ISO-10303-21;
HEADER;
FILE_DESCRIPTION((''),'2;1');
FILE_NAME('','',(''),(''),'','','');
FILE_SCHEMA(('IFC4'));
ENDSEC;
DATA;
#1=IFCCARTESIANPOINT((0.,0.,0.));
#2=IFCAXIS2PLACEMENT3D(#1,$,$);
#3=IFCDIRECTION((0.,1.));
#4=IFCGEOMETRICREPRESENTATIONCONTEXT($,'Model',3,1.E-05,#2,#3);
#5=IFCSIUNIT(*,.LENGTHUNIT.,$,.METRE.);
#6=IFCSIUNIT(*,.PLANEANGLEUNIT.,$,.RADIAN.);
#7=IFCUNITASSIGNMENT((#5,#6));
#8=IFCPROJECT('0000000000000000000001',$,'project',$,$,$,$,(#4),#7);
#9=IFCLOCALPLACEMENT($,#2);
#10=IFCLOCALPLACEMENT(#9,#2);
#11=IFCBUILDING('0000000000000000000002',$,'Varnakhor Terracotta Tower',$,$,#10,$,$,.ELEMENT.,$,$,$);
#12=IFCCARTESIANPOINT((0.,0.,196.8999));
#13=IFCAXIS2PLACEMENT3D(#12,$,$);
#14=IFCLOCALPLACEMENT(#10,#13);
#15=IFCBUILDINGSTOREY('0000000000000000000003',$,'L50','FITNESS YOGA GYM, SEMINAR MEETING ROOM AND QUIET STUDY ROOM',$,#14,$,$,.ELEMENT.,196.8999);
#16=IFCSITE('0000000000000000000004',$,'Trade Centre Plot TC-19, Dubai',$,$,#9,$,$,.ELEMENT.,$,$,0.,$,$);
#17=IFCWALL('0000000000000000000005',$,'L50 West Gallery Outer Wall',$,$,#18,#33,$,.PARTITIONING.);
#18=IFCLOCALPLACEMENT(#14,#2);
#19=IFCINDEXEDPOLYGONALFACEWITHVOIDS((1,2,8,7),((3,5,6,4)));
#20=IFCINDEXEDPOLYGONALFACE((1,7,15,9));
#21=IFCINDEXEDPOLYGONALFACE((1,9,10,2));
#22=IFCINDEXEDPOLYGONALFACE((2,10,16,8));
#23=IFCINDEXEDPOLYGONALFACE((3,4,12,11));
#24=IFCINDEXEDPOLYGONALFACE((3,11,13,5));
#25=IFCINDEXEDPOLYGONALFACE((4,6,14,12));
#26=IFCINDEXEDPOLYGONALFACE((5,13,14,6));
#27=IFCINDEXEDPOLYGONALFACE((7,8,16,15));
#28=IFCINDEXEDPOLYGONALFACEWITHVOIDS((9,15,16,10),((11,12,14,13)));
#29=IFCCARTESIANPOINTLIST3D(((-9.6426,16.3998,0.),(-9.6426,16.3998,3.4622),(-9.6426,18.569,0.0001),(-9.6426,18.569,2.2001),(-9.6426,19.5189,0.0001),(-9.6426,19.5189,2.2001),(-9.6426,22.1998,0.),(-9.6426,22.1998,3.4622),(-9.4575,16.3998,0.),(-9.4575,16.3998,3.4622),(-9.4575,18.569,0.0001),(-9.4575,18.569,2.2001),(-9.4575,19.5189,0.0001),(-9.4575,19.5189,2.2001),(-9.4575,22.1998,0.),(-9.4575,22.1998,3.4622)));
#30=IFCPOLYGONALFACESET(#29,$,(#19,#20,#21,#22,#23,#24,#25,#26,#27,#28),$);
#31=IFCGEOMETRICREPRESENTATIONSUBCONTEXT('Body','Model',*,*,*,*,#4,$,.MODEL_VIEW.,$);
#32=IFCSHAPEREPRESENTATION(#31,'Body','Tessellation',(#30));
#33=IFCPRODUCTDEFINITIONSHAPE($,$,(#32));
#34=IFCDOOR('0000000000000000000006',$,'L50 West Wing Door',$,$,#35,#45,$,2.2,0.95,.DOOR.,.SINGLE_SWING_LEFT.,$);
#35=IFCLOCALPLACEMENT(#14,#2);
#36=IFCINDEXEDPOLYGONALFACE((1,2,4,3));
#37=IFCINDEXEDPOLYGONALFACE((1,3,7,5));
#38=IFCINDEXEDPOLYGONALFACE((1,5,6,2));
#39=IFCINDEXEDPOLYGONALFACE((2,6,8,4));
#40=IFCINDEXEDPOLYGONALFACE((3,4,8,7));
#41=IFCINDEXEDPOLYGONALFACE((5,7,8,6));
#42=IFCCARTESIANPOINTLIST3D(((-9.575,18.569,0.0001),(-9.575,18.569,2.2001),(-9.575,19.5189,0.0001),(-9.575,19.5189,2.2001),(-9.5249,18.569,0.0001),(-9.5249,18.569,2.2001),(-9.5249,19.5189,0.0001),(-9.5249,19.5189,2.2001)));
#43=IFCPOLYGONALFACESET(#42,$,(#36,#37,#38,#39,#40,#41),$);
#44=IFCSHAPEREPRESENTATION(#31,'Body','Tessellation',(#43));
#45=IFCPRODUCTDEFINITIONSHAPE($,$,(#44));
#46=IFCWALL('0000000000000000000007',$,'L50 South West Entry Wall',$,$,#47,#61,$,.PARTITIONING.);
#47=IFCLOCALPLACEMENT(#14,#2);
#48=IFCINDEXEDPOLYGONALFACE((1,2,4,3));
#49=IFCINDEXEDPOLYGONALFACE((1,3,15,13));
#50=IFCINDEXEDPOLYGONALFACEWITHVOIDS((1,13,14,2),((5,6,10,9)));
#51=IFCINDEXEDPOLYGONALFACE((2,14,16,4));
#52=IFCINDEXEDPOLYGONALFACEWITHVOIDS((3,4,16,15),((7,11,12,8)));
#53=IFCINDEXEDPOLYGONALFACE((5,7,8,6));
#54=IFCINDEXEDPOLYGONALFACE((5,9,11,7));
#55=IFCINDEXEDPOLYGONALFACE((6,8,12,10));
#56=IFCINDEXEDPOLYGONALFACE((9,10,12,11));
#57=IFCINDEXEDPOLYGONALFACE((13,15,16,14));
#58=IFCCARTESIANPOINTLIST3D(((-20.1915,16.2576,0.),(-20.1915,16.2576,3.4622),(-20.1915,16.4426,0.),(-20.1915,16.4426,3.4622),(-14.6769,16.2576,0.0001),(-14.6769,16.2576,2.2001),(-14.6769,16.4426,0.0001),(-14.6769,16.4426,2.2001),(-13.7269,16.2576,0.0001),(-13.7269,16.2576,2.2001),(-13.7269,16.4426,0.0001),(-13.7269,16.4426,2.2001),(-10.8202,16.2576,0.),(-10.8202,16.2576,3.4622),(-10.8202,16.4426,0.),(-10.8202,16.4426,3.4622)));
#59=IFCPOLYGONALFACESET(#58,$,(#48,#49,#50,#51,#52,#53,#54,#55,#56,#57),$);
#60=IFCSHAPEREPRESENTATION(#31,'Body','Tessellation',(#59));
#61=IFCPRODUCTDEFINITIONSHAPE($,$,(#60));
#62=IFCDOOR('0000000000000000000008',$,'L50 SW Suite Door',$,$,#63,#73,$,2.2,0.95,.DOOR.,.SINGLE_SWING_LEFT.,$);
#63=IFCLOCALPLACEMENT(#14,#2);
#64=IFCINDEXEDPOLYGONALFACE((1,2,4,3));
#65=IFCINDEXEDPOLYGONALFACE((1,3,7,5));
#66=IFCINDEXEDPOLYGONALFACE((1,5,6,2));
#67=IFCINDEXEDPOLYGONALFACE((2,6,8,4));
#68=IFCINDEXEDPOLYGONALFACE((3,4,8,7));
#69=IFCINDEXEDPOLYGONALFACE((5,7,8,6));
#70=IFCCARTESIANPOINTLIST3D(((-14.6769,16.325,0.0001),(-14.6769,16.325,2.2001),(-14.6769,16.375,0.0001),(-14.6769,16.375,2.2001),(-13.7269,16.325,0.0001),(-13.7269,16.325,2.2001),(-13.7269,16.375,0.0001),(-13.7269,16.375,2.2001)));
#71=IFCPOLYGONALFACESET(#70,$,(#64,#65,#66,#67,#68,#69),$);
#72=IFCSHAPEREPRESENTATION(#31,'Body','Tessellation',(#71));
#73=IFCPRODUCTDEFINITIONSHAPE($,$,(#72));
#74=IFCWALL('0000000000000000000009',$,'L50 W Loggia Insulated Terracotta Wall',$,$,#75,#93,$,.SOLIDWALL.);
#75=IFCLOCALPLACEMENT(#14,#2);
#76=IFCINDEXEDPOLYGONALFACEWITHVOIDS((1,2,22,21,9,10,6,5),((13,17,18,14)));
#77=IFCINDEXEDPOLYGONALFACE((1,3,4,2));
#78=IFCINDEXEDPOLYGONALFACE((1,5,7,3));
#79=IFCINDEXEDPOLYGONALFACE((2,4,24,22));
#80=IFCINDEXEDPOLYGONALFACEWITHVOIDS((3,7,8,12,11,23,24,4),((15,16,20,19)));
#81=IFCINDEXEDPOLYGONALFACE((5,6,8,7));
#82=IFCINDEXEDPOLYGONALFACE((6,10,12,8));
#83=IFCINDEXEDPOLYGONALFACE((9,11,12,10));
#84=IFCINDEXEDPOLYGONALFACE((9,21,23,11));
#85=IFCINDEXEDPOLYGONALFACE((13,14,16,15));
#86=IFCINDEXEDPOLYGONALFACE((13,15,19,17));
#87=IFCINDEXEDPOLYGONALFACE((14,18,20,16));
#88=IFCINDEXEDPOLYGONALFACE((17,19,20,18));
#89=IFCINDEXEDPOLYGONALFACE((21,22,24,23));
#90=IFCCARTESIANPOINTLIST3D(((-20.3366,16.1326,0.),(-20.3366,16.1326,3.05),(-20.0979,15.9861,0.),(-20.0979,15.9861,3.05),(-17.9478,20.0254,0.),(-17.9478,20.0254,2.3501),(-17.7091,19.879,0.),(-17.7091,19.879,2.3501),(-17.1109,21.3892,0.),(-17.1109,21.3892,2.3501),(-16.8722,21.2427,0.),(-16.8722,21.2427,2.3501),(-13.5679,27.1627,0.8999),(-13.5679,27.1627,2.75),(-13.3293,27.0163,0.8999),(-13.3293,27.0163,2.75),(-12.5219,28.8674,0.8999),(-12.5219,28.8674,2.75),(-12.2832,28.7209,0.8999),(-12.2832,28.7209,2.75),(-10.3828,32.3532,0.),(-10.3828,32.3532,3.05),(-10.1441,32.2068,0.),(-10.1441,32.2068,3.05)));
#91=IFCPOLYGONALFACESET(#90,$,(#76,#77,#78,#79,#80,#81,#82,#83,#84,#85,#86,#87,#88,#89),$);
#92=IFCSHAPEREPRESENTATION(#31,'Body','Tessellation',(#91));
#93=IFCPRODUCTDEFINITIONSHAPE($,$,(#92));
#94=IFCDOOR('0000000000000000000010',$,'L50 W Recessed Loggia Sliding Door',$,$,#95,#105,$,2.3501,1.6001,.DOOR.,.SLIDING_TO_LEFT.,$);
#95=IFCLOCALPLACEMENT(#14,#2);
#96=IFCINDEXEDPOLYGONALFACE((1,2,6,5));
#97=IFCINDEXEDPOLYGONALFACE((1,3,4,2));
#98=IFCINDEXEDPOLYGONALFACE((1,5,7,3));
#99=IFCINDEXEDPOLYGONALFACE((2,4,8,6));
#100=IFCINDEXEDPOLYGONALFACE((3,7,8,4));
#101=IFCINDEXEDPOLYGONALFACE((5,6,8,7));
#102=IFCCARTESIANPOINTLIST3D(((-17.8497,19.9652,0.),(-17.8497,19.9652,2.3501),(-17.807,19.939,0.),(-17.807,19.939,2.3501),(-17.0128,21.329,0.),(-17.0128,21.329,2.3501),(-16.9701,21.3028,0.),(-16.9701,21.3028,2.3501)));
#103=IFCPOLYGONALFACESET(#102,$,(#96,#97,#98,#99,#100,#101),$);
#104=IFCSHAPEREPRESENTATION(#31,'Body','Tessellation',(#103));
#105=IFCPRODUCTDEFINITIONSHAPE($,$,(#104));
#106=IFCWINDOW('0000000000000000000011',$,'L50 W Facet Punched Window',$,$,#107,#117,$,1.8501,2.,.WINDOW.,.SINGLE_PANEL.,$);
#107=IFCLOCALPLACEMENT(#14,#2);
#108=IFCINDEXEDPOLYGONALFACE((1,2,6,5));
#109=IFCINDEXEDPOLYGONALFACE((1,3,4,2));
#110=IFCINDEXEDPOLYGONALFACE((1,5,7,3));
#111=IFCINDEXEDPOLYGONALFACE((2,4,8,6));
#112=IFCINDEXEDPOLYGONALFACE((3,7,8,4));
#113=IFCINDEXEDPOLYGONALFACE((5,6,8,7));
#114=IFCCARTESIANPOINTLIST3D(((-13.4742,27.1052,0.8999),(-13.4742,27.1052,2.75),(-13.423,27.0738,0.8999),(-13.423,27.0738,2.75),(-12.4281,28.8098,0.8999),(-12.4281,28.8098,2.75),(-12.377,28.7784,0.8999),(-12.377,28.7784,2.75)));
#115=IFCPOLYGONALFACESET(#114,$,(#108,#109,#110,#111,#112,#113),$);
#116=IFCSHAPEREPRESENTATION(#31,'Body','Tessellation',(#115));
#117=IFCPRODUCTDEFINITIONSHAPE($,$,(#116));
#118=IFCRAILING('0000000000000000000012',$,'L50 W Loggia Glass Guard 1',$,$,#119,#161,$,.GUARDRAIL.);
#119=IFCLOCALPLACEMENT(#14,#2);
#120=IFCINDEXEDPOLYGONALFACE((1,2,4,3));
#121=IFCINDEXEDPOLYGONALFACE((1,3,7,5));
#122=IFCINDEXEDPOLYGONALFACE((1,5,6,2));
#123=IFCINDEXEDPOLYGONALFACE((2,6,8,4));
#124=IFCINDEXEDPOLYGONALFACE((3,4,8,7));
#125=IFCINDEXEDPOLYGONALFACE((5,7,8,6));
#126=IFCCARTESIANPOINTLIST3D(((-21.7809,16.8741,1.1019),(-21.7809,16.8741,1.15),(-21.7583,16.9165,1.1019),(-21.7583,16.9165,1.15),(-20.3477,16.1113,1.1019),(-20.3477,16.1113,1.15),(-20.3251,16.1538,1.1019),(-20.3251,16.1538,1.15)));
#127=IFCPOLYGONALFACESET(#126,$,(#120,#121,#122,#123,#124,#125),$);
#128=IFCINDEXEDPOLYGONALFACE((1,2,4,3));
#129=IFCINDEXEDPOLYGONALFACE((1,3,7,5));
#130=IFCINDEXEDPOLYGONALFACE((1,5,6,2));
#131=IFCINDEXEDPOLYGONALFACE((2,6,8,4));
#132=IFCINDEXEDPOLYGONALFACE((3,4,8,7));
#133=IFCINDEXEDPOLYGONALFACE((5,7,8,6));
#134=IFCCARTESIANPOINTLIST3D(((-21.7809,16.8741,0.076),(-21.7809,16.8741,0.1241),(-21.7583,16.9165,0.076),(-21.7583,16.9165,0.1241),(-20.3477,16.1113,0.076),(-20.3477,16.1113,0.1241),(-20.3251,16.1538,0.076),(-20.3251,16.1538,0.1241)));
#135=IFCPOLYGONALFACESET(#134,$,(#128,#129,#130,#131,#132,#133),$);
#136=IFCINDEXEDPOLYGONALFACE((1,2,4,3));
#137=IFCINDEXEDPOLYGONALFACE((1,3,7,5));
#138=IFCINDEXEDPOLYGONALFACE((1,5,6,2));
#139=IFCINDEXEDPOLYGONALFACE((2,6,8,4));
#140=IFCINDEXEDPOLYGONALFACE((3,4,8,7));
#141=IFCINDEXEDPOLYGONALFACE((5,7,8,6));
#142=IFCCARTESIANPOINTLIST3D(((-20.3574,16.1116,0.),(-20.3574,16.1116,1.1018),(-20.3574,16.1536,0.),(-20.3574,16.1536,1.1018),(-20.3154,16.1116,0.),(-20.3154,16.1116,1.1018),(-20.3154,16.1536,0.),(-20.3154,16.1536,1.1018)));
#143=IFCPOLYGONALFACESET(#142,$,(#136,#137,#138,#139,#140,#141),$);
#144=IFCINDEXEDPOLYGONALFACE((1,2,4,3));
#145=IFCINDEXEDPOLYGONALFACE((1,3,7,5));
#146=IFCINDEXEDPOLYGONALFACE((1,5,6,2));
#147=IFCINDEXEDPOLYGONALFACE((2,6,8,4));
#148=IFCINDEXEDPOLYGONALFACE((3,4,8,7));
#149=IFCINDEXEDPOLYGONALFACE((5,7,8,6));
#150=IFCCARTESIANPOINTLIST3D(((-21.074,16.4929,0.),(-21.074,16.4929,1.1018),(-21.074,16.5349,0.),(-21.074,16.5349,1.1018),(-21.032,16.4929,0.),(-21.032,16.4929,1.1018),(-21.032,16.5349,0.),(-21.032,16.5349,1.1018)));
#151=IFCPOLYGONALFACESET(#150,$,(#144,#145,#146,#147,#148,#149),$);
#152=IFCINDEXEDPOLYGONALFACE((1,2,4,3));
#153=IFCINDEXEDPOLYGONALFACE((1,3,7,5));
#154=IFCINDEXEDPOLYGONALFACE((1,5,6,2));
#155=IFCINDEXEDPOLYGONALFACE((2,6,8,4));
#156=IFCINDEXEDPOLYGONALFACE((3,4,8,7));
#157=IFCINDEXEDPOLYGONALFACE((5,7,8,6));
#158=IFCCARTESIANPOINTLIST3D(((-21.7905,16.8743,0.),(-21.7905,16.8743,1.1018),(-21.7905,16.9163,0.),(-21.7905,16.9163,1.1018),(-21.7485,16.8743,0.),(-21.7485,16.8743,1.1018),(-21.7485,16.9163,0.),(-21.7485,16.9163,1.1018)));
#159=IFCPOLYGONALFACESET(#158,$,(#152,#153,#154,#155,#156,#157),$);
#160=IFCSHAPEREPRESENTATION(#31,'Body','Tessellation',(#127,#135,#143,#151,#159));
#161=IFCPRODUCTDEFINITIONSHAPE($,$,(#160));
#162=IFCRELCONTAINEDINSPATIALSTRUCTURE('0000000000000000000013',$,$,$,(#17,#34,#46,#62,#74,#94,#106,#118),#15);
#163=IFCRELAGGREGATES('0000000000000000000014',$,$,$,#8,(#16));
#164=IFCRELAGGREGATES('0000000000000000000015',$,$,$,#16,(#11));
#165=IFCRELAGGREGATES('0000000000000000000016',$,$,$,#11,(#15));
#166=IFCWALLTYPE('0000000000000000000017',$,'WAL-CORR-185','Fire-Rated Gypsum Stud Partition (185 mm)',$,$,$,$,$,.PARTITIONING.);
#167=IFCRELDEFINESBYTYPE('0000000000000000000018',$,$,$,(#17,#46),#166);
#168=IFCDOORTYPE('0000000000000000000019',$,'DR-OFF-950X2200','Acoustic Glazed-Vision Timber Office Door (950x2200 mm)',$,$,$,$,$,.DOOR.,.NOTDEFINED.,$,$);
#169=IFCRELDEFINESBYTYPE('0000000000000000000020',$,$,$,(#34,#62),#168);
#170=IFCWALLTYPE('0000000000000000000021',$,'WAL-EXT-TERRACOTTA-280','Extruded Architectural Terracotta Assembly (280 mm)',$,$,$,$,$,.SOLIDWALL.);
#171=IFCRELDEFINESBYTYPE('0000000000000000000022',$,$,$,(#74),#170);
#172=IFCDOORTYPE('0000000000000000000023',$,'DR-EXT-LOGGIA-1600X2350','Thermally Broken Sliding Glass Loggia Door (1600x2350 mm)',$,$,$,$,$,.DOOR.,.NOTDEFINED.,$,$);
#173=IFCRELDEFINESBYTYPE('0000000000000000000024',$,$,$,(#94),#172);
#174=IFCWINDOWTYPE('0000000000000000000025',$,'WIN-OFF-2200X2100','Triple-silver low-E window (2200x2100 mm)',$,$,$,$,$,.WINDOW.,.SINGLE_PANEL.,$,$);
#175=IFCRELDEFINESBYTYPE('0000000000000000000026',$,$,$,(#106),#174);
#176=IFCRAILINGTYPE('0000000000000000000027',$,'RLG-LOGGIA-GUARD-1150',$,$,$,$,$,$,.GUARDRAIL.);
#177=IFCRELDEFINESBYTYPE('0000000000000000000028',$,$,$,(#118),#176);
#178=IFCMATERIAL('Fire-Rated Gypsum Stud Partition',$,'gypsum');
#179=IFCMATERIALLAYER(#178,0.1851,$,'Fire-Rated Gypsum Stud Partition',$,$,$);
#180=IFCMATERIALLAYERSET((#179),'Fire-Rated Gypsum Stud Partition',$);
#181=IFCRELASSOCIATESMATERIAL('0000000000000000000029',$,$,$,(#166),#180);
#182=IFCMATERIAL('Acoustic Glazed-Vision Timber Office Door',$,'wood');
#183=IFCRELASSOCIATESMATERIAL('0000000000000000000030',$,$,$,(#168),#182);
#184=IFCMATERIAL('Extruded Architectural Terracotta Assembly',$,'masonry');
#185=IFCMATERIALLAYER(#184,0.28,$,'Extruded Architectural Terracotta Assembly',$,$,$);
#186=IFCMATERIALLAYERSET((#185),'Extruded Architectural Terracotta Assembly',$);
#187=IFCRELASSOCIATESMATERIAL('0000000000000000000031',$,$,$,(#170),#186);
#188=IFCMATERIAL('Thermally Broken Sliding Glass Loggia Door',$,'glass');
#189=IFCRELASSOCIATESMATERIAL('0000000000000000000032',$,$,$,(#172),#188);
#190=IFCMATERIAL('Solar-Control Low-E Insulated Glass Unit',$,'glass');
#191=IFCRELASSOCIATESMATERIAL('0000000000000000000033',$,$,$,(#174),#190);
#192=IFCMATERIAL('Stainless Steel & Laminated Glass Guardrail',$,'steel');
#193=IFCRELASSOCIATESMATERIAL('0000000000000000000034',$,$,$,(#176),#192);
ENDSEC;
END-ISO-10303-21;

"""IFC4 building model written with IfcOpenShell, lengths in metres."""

from ifc_helpers import new_model, si_unit, direction, frame, frame_2d, origin, origin_2d, place, context, subcontext, project, spatial, rectangle, extrude, source, transform, mapped, material, layer, layer_set, type_object, type_shapes, element, fill, save


model = new_model("IFC4")

# Units and contexts
model_context = context("Model", 3, precision=1e-05, world=origin(), true_north=direction((0.0, 1.0)))
body_context = subcontext(model_context, "Body", "Model", "MODEL_VIEW")
ifc_project = project(units=[si_unit("LENGTHUNIT", "METRE"), si_unit("PLANEANGLEUNIT", "RADIAN")], contexts=[model_context])

# Site, building, storey
site_placement = place(None, origin())
site = spatial("IfcSite", under=ifc_project, at=site_placement, Name="Trade Centre Plot TC-19, Dubai", CompositionType="ELEMENT", RefElevation=0.0)
building_placement = place(site_placement, origin())
building = spatial("IfcBuilding", under=site, at=building_placement, Name="Varnakhor Terracotta Tower", CompositionType="ELEMENT")
storey_placement = place(building_placement, frame((0.0, 0.0, 196.8999)))
storey = spatial("IfcBuildingStorey", under=building, at=storey_placement, Name="L50", Description="FITNESS YOGA GYM, SEMINAR MEETING ROOM AND QUIET STUDY ROOM", CompositionType="ELEMENT", Elevation=196.8999)

# Walls, openings, doors
ifc_material_1 = material(Name="Fire-Rated Gypsum Stud Partition", Category="gypsum")
ifc_layer_1 = layer(ifc_material_1, 0.1851, Name="Fire-Rated Gypsum Stud Partition")
ifc_layer_set_1 = layer_set([ifc_layer_1], Name="Fire-Rated Gypsum Stud Partition")
wall_type_1 = type_object("IfcWallType", Name="WAL-CORR-185", Description="Fire-Rated Gypsum Stud Partition (185 mm)", PredefinedType="PARTITIONING", material=ifc_layer_set_1)
wall_1_placement = place(storey_placement, frame((-9.55, 16.3999, 0.0), z_axis=(0.0, 0.0, 1.0), x_axis=(0.0, 1.0, 0.0)))
wall_1 = element("IfcWall", 1, at=wall_1_placement, inside=storey, type_object=wall_type_1, Name="L50 West Gallery Outer Wall", PredefinedType="PARTITIONING", context=body_context, shape_type="SweptSolid", body=[
    extrude(rectangle(XDim=5.8, YDim=0.1851, at=frame_2d((2.8999, 0.0))), origin(), (0.0, 0.0, 1.0), 3.4622),
])
opening_1_placement = place(wall_1_placement, frame((2.1689, 0.0, 0.0)))
opening_1 = element("IfcOpeningElement", 2, at=opening_1_placement, cuts=wall_1, PredefinedType="OPENING", context=body_context, shape_type="SweptSolid", body=[
    extrude(rectangle(XDim=0.95, YDim=2.2, at=frame_2d((0.4751, 1.1001))), frame((0.0, 0.1025, 0.0), z_axis=(0.0, -1.0, 0.0), x_axis=(1.0, 0.0, 0.0)), (0.0, 0.0, 1.0), 0.2051),
])
ifc_material_2 = material(Name="Acoustic Glazed-Vision Timber Office Door", Category="wood")
door_type_1 = type_object("IfcDoorType", Name="DR-OFF-950X2200", Description="Acoustic Glazed-Vision Timber Office Door (950x2200 mm)", OperationType="NOTDEFINED", PredefinedType="DOOR", material=ifc_material_2)
shared_shape_1 = source(origin(), body_context, "Body", "SweptSolid", [
    extrude(rectangle(XDim=0.95, YDim=2.2, at=frame_2d((0.4751, 1.1001))), frame((0.0, 0.0249, 0.0), z_axis=(0.0, -1.0, 0.0), x_axis=(1.0, 0.0, 0.0)), (0.0, 0.0, 1.0), 0.05),
])
type_shapes(door_type_1, [shared_shape_1])
door_1_placement = place(opening_1_placement, origin())
door_1 = element("IfcDoor", 3, at=door_1_placement, inside=storey, type_object=door_type_1, Name="L50 West Wing Door", OperationType="SINGLE_SWING_LEFT", OverallHeight=2.2, OverallWidth=0.95, PredefinedType="DOOR", context=body_context, shape_type="MappedRepresentation", body=[
    mapped(shared_shape_1, transform((0.0, 0.0, 0.0), scale=1.0)),
])
fill(opening_1, door_1)
wall_2_placement = place(storey_placement, frame((-20.1914, 16.3501, 0.0), z_axis=(0.0, 0.0, 1.0), x_axis=(1.0, 0.0, 0.0)))
wall_2 = element("IfcWall", 4, at=wall_2_placement, inside=storey, type_object=wall_type_1, Name="L50 South West Entry Wall", PredefinedType="PARTITIONING", context=body_context, shape_type="SweptSolid", body=[
    extrude(rectangle(XDim=9.3713, YDim=0.1851, at=frame_2d((4.6855, 0.0))), origin(), (0.0, 0.0, 1.0), 3.4622),
])
opening_2_placement = place(wall_2_placement, frame((5.5144, 0.0, 0.0)))
opening_2 = element("IfcOpeningElement", 5, at=opening_2_placement, cuts=wall_2, PredefinedType="OPENING", context=body_context, shape_type="SweptSolid", body=[
    extrude(rectangle(XDim=0.95, YDim=2.2, at=frame_2d((0.4751, 1.1001))), frame((0.0, 0.1025, 0.0), z_axis=(0.0, -1.0, 0.0), x_axis=(1.0, 0.0, 0.0)), (0.0, 0.0, 1.0), 0.2051),
])
door_2_placement = place(opening_2_placement, origin())
door_2 = element("IfcDoor", 6, at=door_2_placement, inside=storey, type_object=door_type_1, Name="L50 SW Suite Door", OperationType="SINGLE_SWING_LEFT", OverallHeight=2.2, OverallWidth=0.95, PredefinedType="DOOR", context=body_context, shape_type="MappedRepresentation", body=[
    mapped(shared_shape_1, transform((0.0, 0.0, 0.0), scale=1.0)),
])
fill(opening_2, door_2)

# Wall, openings, door, window
ifc_material_3 = material(Name="Extruded Architectural Terracotta Assembly", Category="masonry")
ifc_layer_2 = layer(ifc_material_3, 0.28, Name="Extruded Architectural Terracotta Assembly")
ifc_layer_set_2 = layer_set([ifc_layer_2], Name="Extruded Architectural Terracotta Assembly")
wall_type_2 = type_object("IfcWallType", Name="WAL-EXT-TERRACOTTA-280", Description="Extruded Architectural Terracotta Assembly (280 mm)", PredefinedType="SOLIDWALL", material=ifc_layer_set_2)
wall_3_placement = place(storey_placement, frame((-20.2173, 16.0593, 0.0), z_axis=(0.0, 0.0, 1.0), x_axis=(0.523026, 0.852317, 0.0)))
wall_3 = element("IfcWall", 7, at=wall_3_placement, inside=storey, type_object=wall_type_2, Name="L50 W Loggia Insulated Terracotta Wall", PredefinedType="SOLIDWALL", context=body_context, shape_type="SweptSolid", body=[
    extrude(rectangle(XDim=19.0312, YDim=0.28, at=frame_2d((9.5156, 0.0))), origin(), (0.0, 0.0, 1.0), 3.05),
])
opening_3_placement = place(wall_3_placement, frame((4.5674, 0.0, 0.0)))
opening_3 = element("IfcOpeningElement", 8, at=opening_3_placement, cuts=wall_3, PredefinedType="OPENING", context=body_context, shape_type="SweptSolid", body=[
    extrude(rectangle(XDim=1.6001, YDim=2.3501, at=frame_2d((0.8, 1.175))), frame((0.0, 0.1499, 0.0), z_axis=(0.0, -1.0, 0.0), x_axis=(1.0, 0.0, 0.0)), (0.0, 0.0, 1.0), 0.3),
])
opening_4_placement = place(wall_3_placement, frame((12.9414, 0.0, 0.8999)))
opening_4 = element("IfcOpeningElement", 9, at=opening_4_placement, cuts=wall_3, PredefinedType="OPENING", context=body_context, shape_type="SweptSolid", body=[
    extrude(rectangle(XDim=2.0, YDim=1.8501, at=frame_2d((1.0, 0.925))), frame((0.0, 0.1499, 0.0), z_axis=(0.0, -1.0, 0.0), x_axis=(1.0, 0.0, 0.0)), (0.0, 0.0, 1.0), 0.3),
])
ifc_material_4 = material(Name="Thermally Broken Sliding Glass Loggia Door", Category="glass")
door_type_2 = type_object("IfcDoorType", Name="DR-EXT-LOGGIA-1600X2350", Description="Thermally Broken Sliding Glass Loggia Door (1600x2350 mm)", OperationType="NOTDEFINED", PredefinedType="DOOR", material=ifc_material_4)
shared_shape_2 = source(origin(), body_context, "Body", "SweptSolid", [
    extrude(rectangle(XDim=1.6001, YDim=2.3501, at=frame_2d((0.8, 1.175))), frame((0.0, 0.0249, 0.0), z_axis=(0.0, -1.0, 0.0), x_axis=(1.0, 0.0, 0.0)), (0.0, 0.0, 1.0), 0.05),
])
type_shapes(door_type_2, [shared_shape_2])
door_3_placement = place(opening_3_placement, origin())
door_3 = element("IfcDoor", 10, at=door_3_placement, inside=storey, type_object=door_type_2, Name="L50 W Recessed Loggia Sliding Door", OperationType="SLIDING_TO_LEFT", OverallHeight=2.3501, OverallWidth=1.6001, PredefinedType="DOOR", context=body_context, shape_type="MappedRepresentation", body=[
    mapped(shared_shape_2, transform((0.0, 0.0, 0.0), scale=1.0)),
])
fill(opening_3, door_3)
ifc_material_5 = material(Name="Solar-Control Low-E Insulated Glass Unit", Category="glass")
window_type = type_object("IfcWindowType", Name="WIN-OFF-2200X2100", Description="Triple-silver low-E window (2200x2100 mm)", PartitioningType="SINGLE_PANEL", PredefinedType="WINDOW", material=ifc_material_5)
shared_shape_3 = source(origin(), body_context, "Body", "SweptSolid", [
    extrude(rectangle(XDim=2.0, YDim=1.8501, at=frame_2d((1.0, 0.925))), frame((0.0, 0.03, 0.0), z_axis=(0.0, -1.0, 0.0), x_axis=(1.0, 0.0, 0.0)), (0.0, 0.0, 1.0), 0.0601),
])
type_shapes(window_type, [shared_shape_3])
window_placement = place(opening_4_placement, origin())
window = element("IfcWindow", 11, at=window_placement, inside=storey, type_object=window_type, Name="L50 W Facet Punched Window", OverallHeight=1.8501, OverallWidth=2.0, PartitioningType="SINGLE_PANEL", PredefinedType="WINDOW", context=body_context, shape_type="MappedRepresentation", body=[
    mapped(shared_shape_3, transform((0.0, 0.0, 0.0), scale=1.0)),
])
fill(opening_4, window)

# Railing
ifc_material_6 = material(Name="Stainless Steel & Laminated Glass Guardrail", Category="steel")
railing_type = type_object("IfcRailingType", Name="RLG-LOGGIA-GUARD-1150", PredefinedType="GUARDRAIL", material=ifc_material_6)
railing_1_placement = place(storey_placement, frame((-20.3364, 16.1326, 0.0)))
element("IfcRailing", 12, at=railing_1_placement, inside=storey, type_object=railing_type, Name="L50 W Loggia Glass Guard 1", PredefinedType="GUARDRAIL", context=body_context, shape_type="SweptSolid", body=[
    extrude(rectangle(XDim=0.0481, YDim=0.0481, at=origin_2d()), frame((0.0, 0.0, 1.126), z_axis=(-0.882769, 0.469807, 0.0), x_axis=(-0.469807, -0.882769, 0.0)), (0.0, 0.0, 1.0), 1.6235),
    extrude(rectangle(XDim=0.0481, YDim=0.0481, at=origin_2d()), frame((0.0, 0.0, 0.1001), z_axis=(-0.882769, 0.469807, 0.0), x_axis=(-0.469807, -0.882769, 0.0)), (0.0, 0.0, 1.0), 1.6235),
    extrude(rectangle(XDim=0.042, YDim=0.042, at=origin_2d()), origin(), (0.0, 0.0, 1.0), 1.1018),
    extrude(rectangle(XDim=0.042, YDim=0.042, at=origin_2d()), frame((-0.7166, 0.3813, 0.0)), (0.0, 0.0, 1.0), 1.1018),
    extrude(rectangle(XDim=0.042, YDim=0.042, at=origin_2d()), frame((-1.4331, 0.7627, 0.0)), (0.0, 0.0, 1.0), 1.1018),
])

save(model, "model.ifc")
